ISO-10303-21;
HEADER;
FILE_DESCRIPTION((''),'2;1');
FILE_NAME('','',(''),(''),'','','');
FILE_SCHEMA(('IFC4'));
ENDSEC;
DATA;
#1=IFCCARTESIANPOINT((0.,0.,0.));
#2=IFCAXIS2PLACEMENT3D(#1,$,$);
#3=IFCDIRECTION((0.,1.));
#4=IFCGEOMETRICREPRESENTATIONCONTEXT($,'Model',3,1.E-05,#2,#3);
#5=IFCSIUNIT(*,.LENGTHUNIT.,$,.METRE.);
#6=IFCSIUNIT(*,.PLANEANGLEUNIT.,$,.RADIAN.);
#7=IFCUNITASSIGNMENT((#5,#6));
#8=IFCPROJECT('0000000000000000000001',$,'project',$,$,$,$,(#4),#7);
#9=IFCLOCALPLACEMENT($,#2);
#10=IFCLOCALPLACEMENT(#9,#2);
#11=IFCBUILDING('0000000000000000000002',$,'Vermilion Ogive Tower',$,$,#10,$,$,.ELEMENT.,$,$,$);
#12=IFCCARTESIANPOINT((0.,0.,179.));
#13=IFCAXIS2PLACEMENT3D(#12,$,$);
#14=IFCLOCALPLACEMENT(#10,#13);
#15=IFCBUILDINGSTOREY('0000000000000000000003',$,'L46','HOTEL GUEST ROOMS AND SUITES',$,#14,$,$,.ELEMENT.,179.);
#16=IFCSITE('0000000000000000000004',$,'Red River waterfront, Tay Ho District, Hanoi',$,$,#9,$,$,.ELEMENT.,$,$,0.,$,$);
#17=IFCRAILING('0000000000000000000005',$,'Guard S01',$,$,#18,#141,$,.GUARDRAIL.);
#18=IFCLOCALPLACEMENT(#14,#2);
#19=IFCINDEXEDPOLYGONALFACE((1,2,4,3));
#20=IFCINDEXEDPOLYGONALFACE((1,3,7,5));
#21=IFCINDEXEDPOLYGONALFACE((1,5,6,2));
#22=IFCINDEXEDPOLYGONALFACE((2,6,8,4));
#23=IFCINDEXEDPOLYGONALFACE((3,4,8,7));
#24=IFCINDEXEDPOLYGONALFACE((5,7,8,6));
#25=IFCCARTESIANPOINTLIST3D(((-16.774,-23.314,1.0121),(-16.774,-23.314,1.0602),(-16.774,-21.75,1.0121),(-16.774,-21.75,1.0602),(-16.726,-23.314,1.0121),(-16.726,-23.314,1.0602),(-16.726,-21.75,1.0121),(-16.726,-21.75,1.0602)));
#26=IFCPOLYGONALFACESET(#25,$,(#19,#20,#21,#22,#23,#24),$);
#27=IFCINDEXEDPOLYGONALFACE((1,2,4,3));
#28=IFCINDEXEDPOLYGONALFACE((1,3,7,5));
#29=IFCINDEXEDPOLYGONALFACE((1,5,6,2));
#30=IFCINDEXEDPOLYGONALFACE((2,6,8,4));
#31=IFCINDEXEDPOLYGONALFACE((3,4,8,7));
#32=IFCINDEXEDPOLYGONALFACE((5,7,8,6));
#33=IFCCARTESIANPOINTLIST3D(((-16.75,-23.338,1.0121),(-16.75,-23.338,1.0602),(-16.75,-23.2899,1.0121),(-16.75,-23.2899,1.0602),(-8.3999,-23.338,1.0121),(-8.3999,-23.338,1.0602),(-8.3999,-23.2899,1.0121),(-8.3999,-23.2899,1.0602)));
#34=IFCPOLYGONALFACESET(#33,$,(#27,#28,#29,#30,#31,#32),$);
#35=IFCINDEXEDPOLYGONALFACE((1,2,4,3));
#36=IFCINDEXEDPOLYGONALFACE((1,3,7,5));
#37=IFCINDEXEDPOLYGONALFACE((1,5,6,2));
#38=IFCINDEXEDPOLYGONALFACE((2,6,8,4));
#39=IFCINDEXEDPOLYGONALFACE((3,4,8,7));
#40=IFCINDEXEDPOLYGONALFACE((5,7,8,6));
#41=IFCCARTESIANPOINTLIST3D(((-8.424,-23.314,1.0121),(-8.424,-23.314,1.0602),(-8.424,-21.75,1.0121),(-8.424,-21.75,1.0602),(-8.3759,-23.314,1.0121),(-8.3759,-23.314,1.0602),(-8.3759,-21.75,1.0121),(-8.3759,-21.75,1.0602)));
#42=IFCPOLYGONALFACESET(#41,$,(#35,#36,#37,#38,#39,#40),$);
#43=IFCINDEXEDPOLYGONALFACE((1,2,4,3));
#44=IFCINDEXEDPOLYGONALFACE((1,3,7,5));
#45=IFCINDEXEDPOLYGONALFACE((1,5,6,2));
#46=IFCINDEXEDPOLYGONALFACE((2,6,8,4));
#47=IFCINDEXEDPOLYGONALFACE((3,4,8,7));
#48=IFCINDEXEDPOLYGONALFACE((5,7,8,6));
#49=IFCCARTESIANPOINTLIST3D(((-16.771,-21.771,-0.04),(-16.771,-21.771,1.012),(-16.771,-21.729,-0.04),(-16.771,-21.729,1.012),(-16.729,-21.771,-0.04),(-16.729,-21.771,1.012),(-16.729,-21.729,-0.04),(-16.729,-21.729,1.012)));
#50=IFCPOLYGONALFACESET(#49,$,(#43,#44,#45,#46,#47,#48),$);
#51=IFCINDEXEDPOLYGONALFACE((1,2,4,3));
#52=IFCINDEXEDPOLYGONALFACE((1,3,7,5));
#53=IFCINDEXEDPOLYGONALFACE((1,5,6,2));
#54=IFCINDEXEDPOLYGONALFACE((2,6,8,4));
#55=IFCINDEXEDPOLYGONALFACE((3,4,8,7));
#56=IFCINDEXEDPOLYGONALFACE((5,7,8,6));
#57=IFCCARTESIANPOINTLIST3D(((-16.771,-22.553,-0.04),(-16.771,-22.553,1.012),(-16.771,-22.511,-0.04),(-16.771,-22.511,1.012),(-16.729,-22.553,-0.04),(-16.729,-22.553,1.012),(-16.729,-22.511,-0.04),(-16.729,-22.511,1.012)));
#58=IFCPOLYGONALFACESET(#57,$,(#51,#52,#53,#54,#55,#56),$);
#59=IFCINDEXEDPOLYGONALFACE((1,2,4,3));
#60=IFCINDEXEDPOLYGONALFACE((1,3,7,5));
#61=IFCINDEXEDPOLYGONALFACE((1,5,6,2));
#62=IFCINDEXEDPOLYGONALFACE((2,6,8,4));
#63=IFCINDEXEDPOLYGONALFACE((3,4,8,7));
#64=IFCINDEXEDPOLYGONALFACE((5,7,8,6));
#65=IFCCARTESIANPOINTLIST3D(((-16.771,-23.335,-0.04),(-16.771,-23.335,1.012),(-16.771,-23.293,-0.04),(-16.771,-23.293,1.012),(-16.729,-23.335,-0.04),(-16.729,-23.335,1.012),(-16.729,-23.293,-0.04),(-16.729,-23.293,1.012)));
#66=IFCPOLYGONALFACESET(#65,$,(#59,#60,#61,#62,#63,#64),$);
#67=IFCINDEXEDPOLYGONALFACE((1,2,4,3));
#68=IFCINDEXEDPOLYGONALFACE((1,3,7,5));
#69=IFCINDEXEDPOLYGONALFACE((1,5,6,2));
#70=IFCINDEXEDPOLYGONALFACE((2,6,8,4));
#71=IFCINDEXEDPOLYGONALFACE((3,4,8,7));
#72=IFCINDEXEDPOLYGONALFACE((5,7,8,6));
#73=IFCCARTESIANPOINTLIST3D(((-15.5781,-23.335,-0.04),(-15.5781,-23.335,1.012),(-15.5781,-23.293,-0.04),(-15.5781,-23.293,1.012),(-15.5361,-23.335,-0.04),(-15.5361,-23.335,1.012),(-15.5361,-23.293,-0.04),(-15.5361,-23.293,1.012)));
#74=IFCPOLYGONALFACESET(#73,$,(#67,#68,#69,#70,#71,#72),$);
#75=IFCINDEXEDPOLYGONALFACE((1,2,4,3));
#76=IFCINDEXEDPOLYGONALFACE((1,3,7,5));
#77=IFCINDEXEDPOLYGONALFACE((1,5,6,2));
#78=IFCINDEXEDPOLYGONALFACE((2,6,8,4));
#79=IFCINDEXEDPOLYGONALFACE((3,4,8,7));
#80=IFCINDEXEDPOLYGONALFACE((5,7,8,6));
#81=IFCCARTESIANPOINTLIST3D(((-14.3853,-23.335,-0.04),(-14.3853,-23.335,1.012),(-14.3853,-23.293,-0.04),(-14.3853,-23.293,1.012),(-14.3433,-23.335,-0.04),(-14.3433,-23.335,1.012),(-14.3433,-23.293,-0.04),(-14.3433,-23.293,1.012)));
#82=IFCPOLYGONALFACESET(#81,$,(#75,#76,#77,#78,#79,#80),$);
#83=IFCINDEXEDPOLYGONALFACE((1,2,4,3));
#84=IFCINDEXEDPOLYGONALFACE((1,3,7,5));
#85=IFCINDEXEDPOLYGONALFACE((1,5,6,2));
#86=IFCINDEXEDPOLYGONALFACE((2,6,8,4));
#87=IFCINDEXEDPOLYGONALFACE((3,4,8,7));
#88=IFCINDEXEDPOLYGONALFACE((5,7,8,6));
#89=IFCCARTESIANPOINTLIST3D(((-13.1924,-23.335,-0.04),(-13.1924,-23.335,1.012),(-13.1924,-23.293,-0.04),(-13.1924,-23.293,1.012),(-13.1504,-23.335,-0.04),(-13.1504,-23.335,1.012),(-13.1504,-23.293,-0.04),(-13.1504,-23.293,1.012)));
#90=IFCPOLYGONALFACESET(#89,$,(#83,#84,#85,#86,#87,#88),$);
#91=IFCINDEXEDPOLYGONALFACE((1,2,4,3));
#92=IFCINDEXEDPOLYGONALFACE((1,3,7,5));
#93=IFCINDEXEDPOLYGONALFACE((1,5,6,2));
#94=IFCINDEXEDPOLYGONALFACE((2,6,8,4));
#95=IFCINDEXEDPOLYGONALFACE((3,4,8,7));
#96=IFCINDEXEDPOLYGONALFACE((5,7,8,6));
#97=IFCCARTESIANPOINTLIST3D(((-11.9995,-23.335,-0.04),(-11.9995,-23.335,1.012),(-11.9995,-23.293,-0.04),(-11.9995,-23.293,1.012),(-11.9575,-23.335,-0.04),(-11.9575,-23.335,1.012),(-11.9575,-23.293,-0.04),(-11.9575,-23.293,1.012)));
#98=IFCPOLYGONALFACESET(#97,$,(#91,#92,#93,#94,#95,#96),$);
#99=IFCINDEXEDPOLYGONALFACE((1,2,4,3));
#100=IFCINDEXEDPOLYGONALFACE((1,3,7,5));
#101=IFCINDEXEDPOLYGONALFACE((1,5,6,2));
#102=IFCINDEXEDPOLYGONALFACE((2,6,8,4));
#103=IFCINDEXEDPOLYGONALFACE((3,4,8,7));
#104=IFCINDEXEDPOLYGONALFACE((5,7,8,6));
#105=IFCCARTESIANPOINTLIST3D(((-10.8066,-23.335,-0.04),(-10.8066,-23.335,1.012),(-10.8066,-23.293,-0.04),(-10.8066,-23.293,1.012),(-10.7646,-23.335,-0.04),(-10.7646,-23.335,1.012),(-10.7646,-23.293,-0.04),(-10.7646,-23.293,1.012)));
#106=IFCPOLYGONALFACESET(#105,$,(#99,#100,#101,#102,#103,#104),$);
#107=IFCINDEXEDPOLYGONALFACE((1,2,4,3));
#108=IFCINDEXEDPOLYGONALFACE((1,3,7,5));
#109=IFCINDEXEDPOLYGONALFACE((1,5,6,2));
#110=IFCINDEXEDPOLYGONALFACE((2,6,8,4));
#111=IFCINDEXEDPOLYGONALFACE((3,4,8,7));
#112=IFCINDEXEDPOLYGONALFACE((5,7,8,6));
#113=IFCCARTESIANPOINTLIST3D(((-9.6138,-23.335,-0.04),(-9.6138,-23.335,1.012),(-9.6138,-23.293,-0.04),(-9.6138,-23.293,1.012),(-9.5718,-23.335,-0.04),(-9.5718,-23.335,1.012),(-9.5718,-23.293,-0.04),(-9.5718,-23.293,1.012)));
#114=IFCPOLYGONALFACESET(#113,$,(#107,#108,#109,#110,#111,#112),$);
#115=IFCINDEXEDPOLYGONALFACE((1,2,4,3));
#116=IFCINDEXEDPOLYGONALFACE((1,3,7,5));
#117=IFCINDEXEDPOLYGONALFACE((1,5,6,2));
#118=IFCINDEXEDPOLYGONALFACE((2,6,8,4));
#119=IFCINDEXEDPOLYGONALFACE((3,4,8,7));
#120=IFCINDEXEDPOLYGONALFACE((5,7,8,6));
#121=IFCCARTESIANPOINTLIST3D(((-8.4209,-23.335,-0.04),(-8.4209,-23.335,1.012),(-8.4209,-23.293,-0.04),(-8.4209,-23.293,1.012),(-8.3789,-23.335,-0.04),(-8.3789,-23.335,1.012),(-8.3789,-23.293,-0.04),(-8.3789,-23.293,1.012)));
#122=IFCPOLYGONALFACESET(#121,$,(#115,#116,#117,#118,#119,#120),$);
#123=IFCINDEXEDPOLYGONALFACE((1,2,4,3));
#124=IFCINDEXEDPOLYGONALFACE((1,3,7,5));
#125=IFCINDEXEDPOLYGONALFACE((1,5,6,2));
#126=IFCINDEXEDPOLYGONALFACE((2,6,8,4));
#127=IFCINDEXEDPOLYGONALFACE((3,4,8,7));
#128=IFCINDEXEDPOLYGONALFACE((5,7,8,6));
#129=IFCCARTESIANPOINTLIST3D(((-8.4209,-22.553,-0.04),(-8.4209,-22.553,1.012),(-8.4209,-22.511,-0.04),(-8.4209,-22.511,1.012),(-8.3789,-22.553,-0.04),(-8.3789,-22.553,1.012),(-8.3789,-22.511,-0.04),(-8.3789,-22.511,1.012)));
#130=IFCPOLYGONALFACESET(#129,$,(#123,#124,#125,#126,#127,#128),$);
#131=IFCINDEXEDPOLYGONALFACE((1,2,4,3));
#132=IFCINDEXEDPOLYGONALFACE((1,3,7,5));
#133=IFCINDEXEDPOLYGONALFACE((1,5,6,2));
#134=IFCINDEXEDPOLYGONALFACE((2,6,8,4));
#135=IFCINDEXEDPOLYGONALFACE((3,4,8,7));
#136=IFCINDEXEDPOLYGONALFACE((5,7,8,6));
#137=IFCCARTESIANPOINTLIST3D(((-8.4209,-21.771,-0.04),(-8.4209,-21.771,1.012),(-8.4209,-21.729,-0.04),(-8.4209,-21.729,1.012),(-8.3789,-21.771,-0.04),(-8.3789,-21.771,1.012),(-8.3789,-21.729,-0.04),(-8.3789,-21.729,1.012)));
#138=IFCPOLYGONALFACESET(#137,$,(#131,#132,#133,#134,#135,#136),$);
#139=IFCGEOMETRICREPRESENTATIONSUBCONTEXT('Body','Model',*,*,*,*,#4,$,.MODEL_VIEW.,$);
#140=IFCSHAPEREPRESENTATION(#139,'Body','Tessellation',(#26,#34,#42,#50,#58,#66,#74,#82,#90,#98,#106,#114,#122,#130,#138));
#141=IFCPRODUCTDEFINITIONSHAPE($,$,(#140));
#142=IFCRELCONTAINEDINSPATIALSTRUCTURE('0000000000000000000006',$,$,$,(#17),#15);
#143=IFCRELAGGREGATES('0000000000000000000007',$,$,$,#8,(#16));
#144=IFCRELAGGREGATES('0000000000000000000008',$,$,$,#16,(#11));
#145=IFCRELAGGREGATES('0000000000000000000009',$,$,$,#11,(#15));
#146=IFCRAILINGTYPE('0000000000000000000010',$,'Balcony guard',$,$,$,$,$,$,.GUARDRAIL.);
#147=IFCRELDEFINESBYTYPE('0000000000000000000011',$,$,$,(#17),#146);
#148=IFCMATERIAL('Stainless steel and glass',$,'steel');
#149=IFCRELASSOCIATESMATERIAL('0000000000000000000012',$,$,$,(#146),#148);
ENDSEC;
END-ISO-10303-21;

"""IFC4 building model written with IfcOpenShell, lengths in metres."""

from ifc_helpers import new_model, si_unit, direction, frame, origin, origin_2d, place, context, subcontext, project, spatial, rectangle, extrude, material, type_object, element, save


model = new_model("IFC4")

# Units and contexts
model_context = context("Model", 3, precision=1e-05, world=origin(), true_north=direction((0.0, 1.0)))
body_context = subcontext(model_context, "Body", "Model", "MODEL_VIEW")
ifc_project = project(units=[si_unit("LENGTHUNIT", "METRE"), si_unit("PLANEANGLEUNIT", "RADIAN")], contexts=[model_context])

# Site, building, storey
site_placement = place(None, origin())
site = spatial("IfcSite", under=ifc_project, at=site_placement, Name="Red River waterfront, Tay Ho District, Hanoi", CompositionType="ELEMENT", RefElevation=0.0)
building_placement = place(site_placement, origin())
building = spatial("IfcBuilding", under=site, at=building_placement, Name="Vermilion Ogive Tower", CompositionType="ELEMENT")
storey_placement = place(building_placement, frame((0.0, 0.0, 179.0)))
storey = spatial("IfcBuildingStorey", under=building, at=storey_placement, Name="L46", Description="HOTEL GUEST ROOMS AND SUITES", CompositionType="ELEMENT", Elevation=179.0)

# Railing
ifc_material_1 = material(Name="Stainless steel and glass", Category="steel")
railing_type = type_object("IfcRailingType", Name="Balcony guard", PredefinedType="GUARDRAIL", material=ifc_material_1)
railing_placement = place(storey_placement, frame((-16.75, -21.75, -0.04)))
element("IfcRailing", 1, at=railing_placement, inside=storey, type_object=railing_type, Name="Guard S01", PredefinedType="GUARDRAIL", context=body_context, shape_type="SweptSolid", body=[
    extrude(rectangle(XDim=0.0481, YDim=0.0481, at=origin_2d()), frame((0.0, 0.0, 1.0762), z_axis=(0.0, -1.0, 0.0), x_axis=(1.0, 0.0, 0.0)), (0.0, 0.0, 1.0), 1.564),
    extrude(rectangle(XDim=0.0481, YDim=0.0481, at=origin_2d()), frame((0.0, -1.564, 1.0762), z_axis=(1.0, 0.0, 0.0), x_axis=(0.0, 1.0, 0.0)), (0.0, 0.0, 1.0), 8.3501),
    extrude(rectangle(XDim=0.0481, YDim=0.0481, at=origin_2d()), frame((8.3501, -1.564, 1.0762), z_axis=(0.0, 1.0, 0.0), x_axis=(-1.0, 0.0, 0.0)), (0.0, 0.0, 1.0), 1.564),
    extrude(rectangle(XDim=0.042, YDim=0.042, at=origin_2d()), origin(), (0.0, 0.0, 1.0), 1.052),
    extrude(rectangle(XDim=0.042, YDim=0.042, at=origin_2d()), frame((0.0, -0.782, 0.0)), (0.0, 0.0, 1.0), 1.052),
    extrude(rectangle(XDim=0.042, YDim=0.042, at=origin_2d()), frame((0.0, -1.564, 0.0)), (0.0, 0.0, 1.0), 1.052),
    extrude(rectangle(XDim=0.042, YDim=0.042, at=origin_2d()), frame((1.1929, -1.564, 0.0)), (0.0, 0.0, 1.0), 1.052),
    extrude(rectangle(XDim=0.042, YDim=0.042, at=origin_2d()), frame((2.3857, -1.564, 0.0)), (0.0, 0.0, 1.0), 1.052),
    extrude(rectangle(XDim=0.042, YDim=0.042, at=origin_2d()), frame((3.5786, -1.564, 0.0)), (0.0, 0.0, 1.0), 1.052),
    extrude(rectangle(XDim=0.042, YDim=0.042, at=origin_2d()), frame((4.7715, -1.564, 0.0)), (0.0, 0.0, 1.0), 1.052),
    extrude(rectangle(XDim=0.042, YDim=0.042, at=origin_2d()), frame((5.9644, -1.564, 0.0)), (0.0, 0.0, 1.0), 1.052),
    extrude(rectangle(XDim=0.042, YDim=0.042, at=origin_2d()), frame((7.1572, -1.564, 0.0)), (0.0, 0.0, 1.0), 1.052),
    extrude(rectangle(XDim=0.042, YDim=0.042, at=origin_2d()), frame((8.3501, -1.564, 0.0)), (0.0, 0.0, 1.0), 1.052),
    extrude(rectangle(XDim=0.042, YDim=0.042, at=origin_2d()), frame((8.3501, -0.782, 0.0)), (0.0, 0.0, 1.0), 1.052),
    extrude(rectangle(XDim=0.042, YDim=0.042, at=origin_2d()), frame((8.3501, 0.0, 0.0)), (0.0, 0.0, 1.0), 1.052),
])

save(model, "model.ifc")
